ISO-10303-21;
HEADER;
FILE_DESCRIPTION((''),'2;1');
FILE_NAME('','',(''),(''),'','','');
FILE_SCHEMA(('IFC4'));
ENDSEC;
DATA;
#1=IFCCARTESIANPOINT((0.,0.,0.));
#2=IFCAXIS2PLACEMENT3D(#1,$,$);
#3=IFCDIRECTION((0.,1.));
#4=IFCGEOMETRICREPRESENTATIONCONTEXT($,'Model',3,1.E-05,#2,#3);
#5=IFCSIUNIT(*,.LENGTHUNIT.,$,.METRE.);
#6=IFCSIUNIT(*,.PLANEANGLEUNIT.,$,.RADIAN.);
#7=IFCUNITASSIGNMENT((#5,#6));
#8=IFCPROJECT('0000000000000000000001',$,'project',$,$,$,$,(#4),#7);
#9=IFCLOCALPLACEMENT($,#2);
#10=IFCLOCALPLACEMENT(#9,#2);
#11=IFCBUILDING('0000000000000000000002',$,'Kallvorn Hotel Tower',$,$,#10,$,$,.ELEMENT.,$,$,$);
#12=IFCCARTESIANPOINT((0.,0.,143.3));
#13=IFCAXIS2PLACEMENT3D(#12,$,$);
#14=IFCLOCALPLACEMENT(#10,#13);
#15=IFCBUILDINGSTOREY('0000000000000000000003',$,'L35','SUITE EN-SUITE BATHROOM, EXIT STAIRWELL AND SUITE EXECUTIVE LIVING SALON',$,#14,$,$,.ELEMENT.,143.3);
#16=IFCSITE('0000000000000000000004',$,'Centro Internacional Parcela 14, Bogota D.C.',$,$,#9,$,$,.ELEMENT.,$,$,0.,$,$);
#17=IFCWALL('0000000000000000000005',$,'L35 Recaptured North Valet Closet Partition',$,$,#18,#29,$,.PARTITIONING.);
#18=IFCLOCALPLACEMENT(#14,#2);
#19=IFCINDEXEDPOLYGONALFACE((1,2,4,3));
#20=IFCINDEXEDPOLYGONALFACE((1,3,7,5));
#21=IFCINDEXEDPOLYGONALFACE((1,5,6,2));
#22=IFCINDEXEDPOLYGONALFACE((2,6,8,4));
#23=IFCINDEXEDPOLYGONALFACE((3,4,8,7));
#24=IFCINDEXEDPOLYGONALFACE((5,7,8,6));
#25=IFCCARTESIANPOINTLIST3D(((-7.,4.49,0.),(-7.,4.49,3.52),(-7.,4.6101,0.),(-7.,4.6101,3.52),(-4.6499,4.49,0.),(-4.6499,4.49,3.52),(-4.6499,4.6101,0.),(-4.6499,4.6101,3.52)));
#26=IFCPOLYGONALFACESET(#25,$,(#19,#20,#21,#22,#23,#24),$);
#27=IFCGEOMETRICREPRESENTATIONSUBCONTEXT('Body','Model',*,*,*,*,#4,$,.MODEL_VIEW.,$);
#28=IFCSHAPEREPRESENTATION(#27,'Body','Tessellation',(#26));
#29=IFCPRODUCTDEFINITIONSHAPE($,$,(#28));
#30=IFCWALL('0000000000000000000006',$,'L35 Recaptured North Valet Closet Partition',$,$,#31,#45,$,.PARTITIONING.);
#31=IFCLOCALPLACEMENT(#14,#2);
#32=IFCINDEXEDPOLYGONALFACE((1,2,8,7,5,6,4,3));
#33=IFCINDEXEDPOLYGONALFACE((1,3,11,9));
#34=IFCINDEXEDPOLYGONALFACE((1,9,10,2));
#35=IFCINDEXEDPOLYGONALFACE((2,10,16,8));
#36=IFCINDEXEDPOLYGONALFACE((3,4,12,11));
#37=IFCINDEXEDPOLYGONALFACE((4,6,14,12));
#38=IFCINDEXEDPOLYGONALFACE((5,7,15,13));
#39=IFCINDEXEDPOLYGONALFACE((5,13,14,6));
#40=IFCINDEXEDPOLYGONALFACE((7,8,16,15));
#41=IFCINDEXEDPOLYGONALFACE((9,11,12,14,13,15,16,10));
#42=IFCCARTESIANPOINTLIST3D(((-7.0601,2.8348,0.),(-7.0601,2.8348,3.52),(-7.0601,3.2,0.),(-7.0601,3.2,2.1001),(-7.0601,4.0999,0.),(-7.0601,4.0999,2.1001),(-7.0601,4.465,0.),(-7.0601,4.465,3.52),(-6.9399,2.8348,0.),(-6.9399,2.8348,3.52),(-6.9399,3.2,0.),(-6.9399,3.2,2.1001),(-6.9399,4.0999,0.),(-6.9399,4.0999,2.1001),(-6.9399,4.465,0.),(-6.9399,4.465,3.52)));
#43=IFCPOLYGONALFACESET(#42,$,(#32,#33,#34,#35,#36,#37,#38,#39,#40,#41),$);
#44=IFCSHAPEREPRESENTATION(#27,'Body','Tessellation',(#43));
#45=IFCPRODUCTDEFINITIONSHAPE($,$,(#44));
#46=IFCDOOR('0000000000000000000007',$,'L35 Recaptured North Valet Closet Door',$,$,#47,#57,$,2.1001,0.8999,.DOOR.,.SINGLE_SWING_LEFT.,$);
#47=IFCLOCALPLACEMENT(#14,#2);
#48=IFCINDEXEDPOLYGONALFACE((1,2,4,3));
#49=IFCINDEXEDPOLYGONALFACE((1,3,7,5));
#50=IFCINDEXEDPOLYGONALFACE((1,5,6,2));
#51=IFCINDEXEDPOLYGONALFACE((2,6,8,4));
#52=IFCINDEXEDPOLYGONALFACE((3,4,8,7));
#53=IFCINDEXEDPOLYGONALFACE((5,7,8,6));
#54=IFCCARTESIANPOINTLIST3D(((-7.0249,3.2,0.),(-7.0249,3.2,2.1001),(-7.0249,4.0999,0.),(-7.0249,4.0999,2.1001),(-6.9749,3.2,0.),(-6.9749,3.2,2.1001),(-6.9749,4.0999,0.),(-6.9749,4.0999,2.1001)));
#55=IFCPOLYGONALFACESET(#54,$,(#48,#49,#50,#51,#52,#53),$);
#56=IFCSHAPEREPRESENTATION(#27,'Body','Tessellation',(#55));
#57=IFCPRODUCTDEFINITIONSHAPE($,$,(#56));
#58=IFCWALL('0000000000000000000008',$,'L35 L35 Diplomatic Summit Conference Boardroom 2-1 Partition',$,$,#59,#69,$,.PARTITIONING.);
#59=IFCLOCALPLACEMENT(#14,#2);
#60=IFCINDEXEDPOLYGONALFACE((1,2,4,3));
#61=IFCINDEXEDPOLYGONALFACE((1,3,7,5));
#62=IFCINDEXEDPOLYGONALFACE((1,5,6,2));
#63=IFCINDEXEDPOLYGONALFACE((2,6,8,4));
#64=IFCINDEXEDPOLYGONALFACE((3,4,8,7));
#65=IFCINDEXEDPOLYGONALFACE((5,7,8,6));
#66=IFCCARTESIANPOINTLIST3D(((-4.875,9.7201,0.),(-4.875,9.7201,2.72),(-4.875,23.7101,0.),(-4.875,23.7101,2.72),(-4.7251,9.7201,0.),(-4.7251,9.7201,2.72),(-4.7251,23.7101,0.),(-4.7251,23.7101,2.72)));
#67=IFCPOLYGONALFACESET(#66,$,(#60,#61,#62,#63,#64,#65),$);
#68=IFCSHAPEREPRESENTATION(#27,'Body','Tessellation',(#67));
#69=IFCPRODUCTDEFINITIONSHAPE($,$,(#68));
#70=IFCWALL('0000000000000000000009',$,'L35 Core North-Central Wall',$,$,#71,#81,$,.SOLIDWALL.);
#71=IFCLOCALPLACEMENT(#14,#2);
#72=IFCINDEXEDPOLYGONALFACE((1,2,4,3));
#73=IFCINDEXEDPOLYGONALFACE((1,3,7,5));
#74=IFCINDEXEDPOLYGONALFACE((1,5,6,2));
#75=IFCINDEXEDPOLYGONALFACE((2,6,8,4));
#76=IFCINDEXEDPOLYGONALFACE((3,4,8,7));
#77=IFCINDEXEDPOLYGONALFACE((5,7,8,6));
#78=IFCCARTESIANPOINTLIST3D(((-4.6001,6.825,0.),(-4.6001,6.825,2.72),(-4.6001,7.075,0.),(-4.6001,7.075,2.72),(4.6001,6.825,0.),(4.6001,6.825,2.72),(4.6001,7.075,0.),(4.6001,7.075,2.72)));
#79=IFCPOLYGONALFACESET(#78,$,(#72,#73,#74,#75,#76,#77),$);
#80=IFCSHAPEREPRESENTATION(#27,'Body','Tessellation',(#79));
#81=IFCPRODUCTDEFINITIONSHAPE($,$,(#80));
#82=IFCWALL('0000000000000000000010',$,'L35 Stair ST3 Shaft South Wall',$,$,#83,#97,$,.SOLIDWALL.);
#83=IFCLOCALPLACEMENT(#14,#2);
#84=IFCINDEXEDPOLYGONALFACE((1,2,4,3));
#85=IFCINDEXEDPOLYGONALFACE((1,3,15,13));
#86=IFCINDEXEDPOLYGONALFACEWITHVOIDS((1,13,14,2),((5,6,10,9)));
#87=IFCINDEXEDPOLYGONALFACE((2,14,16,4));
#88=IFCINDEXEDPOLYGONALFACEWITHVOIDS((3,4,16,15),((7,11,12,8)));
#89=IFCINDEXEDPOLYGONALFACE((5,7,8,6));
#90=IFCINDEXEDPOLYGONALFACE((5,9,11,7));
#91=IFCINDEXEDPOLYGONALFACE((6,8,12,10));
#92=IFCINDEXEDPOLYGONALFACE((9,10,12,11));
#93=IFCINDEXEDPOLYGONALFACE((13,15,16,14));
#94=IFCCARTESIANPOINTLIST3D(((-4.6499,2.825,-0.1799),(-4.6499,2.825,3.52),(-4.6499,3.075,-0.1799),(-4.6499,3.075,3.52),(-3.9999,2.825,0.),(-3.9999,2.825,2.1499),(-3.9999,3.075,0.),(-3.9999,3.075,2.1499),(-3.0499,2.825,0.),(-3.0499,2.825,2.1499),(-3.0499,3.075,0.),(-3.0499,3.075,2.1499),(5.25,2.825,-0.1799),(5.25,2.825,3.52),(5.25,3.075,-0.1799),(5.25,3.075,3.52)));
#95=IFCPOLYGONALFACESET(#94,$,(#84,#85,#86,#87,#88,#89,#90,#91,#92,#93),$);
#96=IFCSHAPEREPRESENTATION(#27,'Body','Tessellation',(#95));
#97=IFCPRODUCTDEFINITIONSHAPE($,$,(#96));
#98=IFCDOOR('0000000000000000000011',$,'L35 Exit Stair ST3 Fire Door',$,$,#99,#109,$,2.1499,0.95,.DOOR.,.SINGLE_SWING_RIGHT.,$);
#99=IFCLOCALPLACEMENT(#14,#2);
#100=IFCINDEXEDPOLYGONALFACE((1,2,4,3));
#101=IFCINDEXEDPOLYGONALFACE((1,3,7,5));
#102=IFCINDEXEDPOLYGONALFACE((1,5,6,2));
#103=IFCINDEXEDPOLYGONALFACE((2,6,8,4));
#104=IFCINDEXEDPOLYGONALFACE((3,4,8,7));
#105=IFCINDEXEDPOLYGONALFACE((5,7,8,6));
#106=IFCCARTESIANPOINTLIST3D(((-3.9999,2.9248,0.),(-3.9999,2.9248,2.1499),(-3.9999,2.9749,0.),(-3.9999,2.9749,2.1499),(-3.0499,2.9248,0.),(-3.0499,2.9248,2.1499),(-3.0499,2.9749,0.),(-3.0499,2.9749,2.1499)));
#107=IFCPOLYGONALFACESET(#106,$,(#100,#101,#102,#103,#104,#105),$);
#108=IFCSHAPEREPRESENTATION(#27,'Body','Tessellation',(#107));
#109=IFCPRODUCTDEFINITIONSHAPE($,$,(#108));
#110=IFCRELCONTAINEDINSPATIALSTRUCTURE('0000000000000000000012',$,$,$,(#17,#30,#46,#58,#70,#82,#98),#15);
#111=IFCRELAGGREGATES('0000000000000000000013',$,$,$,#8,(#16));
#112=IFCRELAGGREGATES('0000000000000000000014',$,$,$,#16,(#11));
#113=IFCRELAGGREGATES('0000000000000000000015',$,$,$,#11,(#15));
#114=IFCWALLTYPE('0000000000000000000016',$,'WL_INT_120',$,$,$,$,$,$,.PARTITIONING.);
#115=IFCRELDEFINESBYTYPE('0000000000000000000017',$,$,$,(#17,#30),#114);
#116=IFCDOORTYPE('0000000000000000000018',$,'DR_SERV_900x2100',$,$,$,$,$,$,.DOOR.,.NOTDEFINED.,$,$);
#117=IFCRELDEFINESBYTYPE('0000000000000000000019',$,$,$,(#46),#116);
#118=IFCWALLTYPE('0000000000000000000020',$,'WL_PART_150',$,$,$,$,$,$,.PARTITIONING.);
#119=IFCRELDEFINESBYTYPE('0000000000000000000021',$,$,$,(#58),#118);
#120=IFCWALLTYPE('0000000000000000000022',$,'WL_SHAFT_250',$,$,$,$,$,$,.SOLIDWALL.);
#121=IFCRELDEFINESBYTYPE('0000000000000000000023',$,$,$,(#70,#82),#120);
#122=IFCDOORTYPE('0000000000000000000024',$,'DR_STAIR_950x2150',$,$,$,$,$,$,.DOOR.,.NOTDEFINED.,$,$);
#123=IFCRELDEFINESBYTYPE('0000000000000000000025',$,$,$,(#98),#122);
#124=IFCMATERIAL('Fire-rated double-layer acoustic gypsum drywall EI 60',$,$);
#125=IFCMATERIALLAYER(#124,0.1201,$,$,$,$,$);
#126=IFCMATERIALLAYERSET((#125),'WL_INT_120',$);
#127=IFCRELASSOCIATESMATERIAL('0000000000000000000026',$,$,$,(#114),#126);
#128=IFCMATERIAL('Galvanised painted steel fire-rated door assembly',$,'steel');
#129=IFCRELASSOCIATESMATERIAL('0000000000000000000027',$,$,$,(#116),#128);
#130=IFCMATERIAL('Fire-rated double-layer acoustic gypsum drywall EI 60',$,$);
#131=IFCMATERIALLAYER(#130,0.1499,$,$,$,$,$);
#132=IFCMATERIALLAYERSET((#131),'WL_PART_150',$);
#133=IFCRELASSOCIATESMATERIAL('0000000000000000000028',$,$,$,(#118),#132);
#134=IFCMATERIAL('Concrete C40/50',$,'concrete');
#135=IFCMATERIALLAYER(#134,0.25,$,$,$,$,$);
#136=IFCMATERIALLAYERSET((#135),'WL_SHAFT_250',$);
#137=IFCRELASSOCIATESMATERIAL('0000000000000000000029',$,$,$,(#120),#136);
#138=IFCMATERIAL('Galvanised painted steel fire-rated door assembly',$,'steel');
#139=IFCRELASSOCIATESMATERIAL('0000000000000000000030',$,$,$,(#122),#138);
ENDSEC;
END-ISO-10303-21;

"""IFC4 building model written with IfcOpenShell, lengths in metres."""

from ifc_helpers import new_model, si_unit, direction, frame, frame_2d, origin, place, context, subcontext, project, spatial, rectangle, extrude, material, layer, layer_set, type_object, element, fill, save


model = new_model("IFC4")

# Units and contexts
model_context = context("Model", 3, precision=1e-05, world=origin(), true_north=direction((0.0, 1.0)))
body_context = subcontext(model_context, "Body", "Model", "MODEL_VIEW")
ifc_project = project(units=[si_unit("LENGTHUNIT", "METRE"), si_unit("PLANEANGLEUNIT", "RADIAN")], contexts=[model_context])

# Site, building, storey
site_placement = place(None, origin())
site = spatial("IfcSite", under=ifc_project, at=site_placement, Name="Centro Internacional Parcela 14, Bogota D.C.", CompositionType="ELEMENT", RefElevation=0.0)
building_placement = place(site_placement, origin())
building = spatial("IfcBuilding", under=site, at=building_placement, Name="Kallvorn Hotel Tower", CompositionType="ELEMENT")
storey_placement = place(building_placement, frame((0.0, 0.0, 143.3)))
storey = spatial("IfcBuildingStorey", under=building, at=storey_placement, Name="L35", Description="SUITE EN-SUITE BATHROOM, EXIT STAIRWELL AND SUITE EXECUTIVE LIVING SALON", CompositionType="ELEMENT", Elevation=143.3)

# Wall
ifc_material_1 = material(Name="Fire-rated double-layer acoustic gypsum drywall EI 60")
ifc_layer_1 = layer(ifc_material_1, 0.1201)
ifc_layer_set_1 = layer_set([ifc_layer_1], Name="WL_INT_120")
wall_type_1 = type_object("IfcWallType", Name="WL_INT_120", PredefinedType="PARTITIONING", material=ifc_layer_set_1)
wall_1_placement = place(storey_placement, frame((-7.0, 4.55, 0.0), z_axis=(0.0, 0.0, 1.0), x_axis=(1.0, 0.0, 0.0)))
element("IfcWall", 1, at=wall_1_placement, inside=storey, type_object=wall_type_1, Name="L35 Recaptured North Valet Closet Partition", PredefinedType="PARTITIONING", context=body_context, shape_type="SweptSolid", body=[
    extrude(rectangle(XDim=2.3501, YDim=0.1201, at=frame_2d((1.175, 0.0))), origin(), (0.0, 0.0, 1.0), 3.52),
])

# Wall, opening, door
wall_2_placement = place(storey_placement, frame((-7.0, 2.835, 0.0), z_axis=(0.0, 0.0, 1.0), x_axis=(0.0, 1.0, 0.0)))
wall_2 = element("IfcWall", 2, at=wall_2_placement, inside=storey, type_object=wall_type_1, Name="L35 Recaptured North Valet Closet Partition", PredefinedType="PARTITIONING", context=body_context, shape_type="SweptSolid", body=[
    extrude(rectangle(XDim=1.6301, YDim=0.1201, at=frame_2d((0.8149, 0.0))), origin(), (0.0, 0.0, 1.0), 3.52),
])
opening_1_placement = place(wall_2_placement, frame((0.365, 0.0, 0.0)))
opening_1 = element("IfcOpeningElement", 3, at=opening_1_placement, cuts=wall_2, PredefinedType="OPENING", context=body_context, shape_type="SweptSolid", body=[
    extrude(rectangle(XDim=0.8999, YDim=2.1001, at=frame_2d((0.45, 1.05))), frame((0.0, 0.075, 0.0), z_axis=(0.0, -1.0, 0.0), x_axis=(1.0, 0.0, 0.0)), (0.0, 0.0, 1.0), 0.1501),
])
ifc_material_2 = material(Name="Galvanised painted steel fire-rated door assembly", Category="steel")
door_type_1 = type_object("IfcDoorType", Name="DR_SERV_900x2100", OperationType="NOTDEFINED", PredefinedType="DOOR", material=ifc_material_2)
door_1_placement = place(opening_1_placement, origin())
door_1 = element("IfcDoor", 4, at=door_1_placement, inside=storey, type_object=door_type_1, Name="L35 Recaptured North Valet Closet Door", OperationType="SINGLE_SWING_LEFT", OverallHeight=2.1001, OverallWidth=0.8999, PredefinedType="DOOR", context=body_context, shape_type="SweptSolid", body=[
    extrude(rectangle(XDim=0.8999, YDim=2.1001, at=frame_2d((0.45, 1.05))), frame((0.0, 0.0249, 0.0), z_axis=(0.0, -1.0, 0.0), x_axis=(1.0, 0.0, 0.0)), (0.0, 0.0, 1.0), 0.05),
])
fill(opening_1, door_1)

# Walls
ifc_material_3 = material(Name="Fire-rated double-layer acoustic gypsum drywall EI 60")
ifc_layer_2 = layer(ifc_material_3, 0.1499)
ifc_layer_set_2 = layer_set([ifc_layer_2], Name="WL_PART_150")
wall_type_2 = type_object("IfcWallType", Name="WL_PART_150", PredefinedType="PARTITIONING", material=ifc_layer_set_2)
wall_3_placement = place(storey_placement, frame((-4.8, 9.72, 0.0), z_axis=(0.0, 0.0, 1.0), x_axis=(0.0, 1.0, 0.0)))
element("IfcWall", 5, at=wall_3_placement, inside=storey, type_object=wall_type_2, Name="L35 L35 Diplomatic Summit Conference Boardroom 2-1 Partition", PredefinedType="PARTITIONING", context=body_context, shape_type="SweptSolid", body=[
    extrude(rectangle(XDim=13.99, YDim=0.1499, at=frame_2d((6.9951, 0.0))), origin(), (0.0, 0.0, 1.0), 2.72),
])
ifc_material_4 = material(Name="Concrete C40/50", Category="concrete")
ifc_layer_3 = layer(ifc_material_4, 0.25)
ifc_layer_set_3 = layer_set([ifc_layer_3], Name="WL_SHAFT_250")
wall_type_3 = type_object("IfcWallType", Name="WL_SHAFT_250", PredefinedType="SOLIDWALL", material=ifc_layer_set_3)
wall_4_placement = place(storey_placement, frame((-4.6001, 6.95, 0.0), z_axis=(0.0, 0.0, 1.0), x_axis=(1.0, 0.0, 0.0)))
element("IfcWall", 6, at=wall_4_placement, inside=storey, type_object=wall_type_3, Name="L35 Core North-Central Wall", PredefinedType="SOLIDWALL", context=body_context, shape_type="SweptSolid", body=[
    extrude(rectangle(XDim=9.2002, YDim=0.25, at=frame_2d((4.6001, 0.0))), origin(), (0.0, 0.0, 1.0), 2.72),
])

# Wall, opening, door
wall_5_placement = place(storey_placement, frame((-4.6499, 2.95, -0.1799), z_axis=(0.0, 0.0, 1.0), x_axis=(1.0, 0.0, 0.0)))
wall_5 = element("IfcWall", 7, at=wall_5_placement, inside=storey, type_object=wall_type_3, Name="L35 Stair ST3 Shaft South Wall", PredefinedType="SOLIDWALL", context=body_context, shape_type="SweptSolid", body=[
    extrude(rectangle(XDim=9.8999, YDim=0.25, at=frame_2d((4.95, 0.0))), origin(), (0.0, 0.0, 1.0), 3.7),
])
opening_2_placement = place(wall_5_placement, frame((0.6499, 0.0, 0.1799)))
opening_2 = element("IfcOpeningElement", 8, at=opening_2_placement, cuts=wall_5, PredefinedType="OPENING", context=body_context, shape_type="SweptSolid", body=[
    extrude(rectangle(XDim=0.95, YDim=2.1499, at=frame_2d((0.4751, 1.075))), frame((0.0, 0.1399, 0.0), z_axis=(0.0, -1.0, 0.0), x_axis=(1.0, 0.0, 0.0)), (0.0, 0.0, 1.0), 0.28),
])
ifc_material_5 = material(Name="Galvanised painted steel fire-rated door assembly", Category="steel")
door_type_2 = type_object("IfcDoorType", Name="DR_STAIR_950x2150", OperationType="NOTDEFINED", PredefinedType="DOOR", material=ifc_material_5)
door_2_placement = place(opening_2_placement, origin())
door_2 = element("IfcDoor", 9, at=door_2_placement, inside=storey, type_object=door_type_2, Name="L35 Exit Stair ST3 Fire Door", OperationType="SINGLE_SWING_RIGHT", OverallHeight=2.1499, OverallWidth=0.95, PredefinedType="DOOR", context=body_context, shape_type="SweptSolid", body=[
    extrude(rectangle(XDim=0.95, YDim=2.1499, at=frame_2d((0.4751, 1.075))), frame((0.0, 0.0249, 0.0), z_axis=(0.0, -1.0, 0.0), x_axis=(1.0, 0.0, 0.0)), (0.0, 0.0, 1.0), 0.05),
])
fill(opening_2, door_2)

save(model, "model.ifc")
